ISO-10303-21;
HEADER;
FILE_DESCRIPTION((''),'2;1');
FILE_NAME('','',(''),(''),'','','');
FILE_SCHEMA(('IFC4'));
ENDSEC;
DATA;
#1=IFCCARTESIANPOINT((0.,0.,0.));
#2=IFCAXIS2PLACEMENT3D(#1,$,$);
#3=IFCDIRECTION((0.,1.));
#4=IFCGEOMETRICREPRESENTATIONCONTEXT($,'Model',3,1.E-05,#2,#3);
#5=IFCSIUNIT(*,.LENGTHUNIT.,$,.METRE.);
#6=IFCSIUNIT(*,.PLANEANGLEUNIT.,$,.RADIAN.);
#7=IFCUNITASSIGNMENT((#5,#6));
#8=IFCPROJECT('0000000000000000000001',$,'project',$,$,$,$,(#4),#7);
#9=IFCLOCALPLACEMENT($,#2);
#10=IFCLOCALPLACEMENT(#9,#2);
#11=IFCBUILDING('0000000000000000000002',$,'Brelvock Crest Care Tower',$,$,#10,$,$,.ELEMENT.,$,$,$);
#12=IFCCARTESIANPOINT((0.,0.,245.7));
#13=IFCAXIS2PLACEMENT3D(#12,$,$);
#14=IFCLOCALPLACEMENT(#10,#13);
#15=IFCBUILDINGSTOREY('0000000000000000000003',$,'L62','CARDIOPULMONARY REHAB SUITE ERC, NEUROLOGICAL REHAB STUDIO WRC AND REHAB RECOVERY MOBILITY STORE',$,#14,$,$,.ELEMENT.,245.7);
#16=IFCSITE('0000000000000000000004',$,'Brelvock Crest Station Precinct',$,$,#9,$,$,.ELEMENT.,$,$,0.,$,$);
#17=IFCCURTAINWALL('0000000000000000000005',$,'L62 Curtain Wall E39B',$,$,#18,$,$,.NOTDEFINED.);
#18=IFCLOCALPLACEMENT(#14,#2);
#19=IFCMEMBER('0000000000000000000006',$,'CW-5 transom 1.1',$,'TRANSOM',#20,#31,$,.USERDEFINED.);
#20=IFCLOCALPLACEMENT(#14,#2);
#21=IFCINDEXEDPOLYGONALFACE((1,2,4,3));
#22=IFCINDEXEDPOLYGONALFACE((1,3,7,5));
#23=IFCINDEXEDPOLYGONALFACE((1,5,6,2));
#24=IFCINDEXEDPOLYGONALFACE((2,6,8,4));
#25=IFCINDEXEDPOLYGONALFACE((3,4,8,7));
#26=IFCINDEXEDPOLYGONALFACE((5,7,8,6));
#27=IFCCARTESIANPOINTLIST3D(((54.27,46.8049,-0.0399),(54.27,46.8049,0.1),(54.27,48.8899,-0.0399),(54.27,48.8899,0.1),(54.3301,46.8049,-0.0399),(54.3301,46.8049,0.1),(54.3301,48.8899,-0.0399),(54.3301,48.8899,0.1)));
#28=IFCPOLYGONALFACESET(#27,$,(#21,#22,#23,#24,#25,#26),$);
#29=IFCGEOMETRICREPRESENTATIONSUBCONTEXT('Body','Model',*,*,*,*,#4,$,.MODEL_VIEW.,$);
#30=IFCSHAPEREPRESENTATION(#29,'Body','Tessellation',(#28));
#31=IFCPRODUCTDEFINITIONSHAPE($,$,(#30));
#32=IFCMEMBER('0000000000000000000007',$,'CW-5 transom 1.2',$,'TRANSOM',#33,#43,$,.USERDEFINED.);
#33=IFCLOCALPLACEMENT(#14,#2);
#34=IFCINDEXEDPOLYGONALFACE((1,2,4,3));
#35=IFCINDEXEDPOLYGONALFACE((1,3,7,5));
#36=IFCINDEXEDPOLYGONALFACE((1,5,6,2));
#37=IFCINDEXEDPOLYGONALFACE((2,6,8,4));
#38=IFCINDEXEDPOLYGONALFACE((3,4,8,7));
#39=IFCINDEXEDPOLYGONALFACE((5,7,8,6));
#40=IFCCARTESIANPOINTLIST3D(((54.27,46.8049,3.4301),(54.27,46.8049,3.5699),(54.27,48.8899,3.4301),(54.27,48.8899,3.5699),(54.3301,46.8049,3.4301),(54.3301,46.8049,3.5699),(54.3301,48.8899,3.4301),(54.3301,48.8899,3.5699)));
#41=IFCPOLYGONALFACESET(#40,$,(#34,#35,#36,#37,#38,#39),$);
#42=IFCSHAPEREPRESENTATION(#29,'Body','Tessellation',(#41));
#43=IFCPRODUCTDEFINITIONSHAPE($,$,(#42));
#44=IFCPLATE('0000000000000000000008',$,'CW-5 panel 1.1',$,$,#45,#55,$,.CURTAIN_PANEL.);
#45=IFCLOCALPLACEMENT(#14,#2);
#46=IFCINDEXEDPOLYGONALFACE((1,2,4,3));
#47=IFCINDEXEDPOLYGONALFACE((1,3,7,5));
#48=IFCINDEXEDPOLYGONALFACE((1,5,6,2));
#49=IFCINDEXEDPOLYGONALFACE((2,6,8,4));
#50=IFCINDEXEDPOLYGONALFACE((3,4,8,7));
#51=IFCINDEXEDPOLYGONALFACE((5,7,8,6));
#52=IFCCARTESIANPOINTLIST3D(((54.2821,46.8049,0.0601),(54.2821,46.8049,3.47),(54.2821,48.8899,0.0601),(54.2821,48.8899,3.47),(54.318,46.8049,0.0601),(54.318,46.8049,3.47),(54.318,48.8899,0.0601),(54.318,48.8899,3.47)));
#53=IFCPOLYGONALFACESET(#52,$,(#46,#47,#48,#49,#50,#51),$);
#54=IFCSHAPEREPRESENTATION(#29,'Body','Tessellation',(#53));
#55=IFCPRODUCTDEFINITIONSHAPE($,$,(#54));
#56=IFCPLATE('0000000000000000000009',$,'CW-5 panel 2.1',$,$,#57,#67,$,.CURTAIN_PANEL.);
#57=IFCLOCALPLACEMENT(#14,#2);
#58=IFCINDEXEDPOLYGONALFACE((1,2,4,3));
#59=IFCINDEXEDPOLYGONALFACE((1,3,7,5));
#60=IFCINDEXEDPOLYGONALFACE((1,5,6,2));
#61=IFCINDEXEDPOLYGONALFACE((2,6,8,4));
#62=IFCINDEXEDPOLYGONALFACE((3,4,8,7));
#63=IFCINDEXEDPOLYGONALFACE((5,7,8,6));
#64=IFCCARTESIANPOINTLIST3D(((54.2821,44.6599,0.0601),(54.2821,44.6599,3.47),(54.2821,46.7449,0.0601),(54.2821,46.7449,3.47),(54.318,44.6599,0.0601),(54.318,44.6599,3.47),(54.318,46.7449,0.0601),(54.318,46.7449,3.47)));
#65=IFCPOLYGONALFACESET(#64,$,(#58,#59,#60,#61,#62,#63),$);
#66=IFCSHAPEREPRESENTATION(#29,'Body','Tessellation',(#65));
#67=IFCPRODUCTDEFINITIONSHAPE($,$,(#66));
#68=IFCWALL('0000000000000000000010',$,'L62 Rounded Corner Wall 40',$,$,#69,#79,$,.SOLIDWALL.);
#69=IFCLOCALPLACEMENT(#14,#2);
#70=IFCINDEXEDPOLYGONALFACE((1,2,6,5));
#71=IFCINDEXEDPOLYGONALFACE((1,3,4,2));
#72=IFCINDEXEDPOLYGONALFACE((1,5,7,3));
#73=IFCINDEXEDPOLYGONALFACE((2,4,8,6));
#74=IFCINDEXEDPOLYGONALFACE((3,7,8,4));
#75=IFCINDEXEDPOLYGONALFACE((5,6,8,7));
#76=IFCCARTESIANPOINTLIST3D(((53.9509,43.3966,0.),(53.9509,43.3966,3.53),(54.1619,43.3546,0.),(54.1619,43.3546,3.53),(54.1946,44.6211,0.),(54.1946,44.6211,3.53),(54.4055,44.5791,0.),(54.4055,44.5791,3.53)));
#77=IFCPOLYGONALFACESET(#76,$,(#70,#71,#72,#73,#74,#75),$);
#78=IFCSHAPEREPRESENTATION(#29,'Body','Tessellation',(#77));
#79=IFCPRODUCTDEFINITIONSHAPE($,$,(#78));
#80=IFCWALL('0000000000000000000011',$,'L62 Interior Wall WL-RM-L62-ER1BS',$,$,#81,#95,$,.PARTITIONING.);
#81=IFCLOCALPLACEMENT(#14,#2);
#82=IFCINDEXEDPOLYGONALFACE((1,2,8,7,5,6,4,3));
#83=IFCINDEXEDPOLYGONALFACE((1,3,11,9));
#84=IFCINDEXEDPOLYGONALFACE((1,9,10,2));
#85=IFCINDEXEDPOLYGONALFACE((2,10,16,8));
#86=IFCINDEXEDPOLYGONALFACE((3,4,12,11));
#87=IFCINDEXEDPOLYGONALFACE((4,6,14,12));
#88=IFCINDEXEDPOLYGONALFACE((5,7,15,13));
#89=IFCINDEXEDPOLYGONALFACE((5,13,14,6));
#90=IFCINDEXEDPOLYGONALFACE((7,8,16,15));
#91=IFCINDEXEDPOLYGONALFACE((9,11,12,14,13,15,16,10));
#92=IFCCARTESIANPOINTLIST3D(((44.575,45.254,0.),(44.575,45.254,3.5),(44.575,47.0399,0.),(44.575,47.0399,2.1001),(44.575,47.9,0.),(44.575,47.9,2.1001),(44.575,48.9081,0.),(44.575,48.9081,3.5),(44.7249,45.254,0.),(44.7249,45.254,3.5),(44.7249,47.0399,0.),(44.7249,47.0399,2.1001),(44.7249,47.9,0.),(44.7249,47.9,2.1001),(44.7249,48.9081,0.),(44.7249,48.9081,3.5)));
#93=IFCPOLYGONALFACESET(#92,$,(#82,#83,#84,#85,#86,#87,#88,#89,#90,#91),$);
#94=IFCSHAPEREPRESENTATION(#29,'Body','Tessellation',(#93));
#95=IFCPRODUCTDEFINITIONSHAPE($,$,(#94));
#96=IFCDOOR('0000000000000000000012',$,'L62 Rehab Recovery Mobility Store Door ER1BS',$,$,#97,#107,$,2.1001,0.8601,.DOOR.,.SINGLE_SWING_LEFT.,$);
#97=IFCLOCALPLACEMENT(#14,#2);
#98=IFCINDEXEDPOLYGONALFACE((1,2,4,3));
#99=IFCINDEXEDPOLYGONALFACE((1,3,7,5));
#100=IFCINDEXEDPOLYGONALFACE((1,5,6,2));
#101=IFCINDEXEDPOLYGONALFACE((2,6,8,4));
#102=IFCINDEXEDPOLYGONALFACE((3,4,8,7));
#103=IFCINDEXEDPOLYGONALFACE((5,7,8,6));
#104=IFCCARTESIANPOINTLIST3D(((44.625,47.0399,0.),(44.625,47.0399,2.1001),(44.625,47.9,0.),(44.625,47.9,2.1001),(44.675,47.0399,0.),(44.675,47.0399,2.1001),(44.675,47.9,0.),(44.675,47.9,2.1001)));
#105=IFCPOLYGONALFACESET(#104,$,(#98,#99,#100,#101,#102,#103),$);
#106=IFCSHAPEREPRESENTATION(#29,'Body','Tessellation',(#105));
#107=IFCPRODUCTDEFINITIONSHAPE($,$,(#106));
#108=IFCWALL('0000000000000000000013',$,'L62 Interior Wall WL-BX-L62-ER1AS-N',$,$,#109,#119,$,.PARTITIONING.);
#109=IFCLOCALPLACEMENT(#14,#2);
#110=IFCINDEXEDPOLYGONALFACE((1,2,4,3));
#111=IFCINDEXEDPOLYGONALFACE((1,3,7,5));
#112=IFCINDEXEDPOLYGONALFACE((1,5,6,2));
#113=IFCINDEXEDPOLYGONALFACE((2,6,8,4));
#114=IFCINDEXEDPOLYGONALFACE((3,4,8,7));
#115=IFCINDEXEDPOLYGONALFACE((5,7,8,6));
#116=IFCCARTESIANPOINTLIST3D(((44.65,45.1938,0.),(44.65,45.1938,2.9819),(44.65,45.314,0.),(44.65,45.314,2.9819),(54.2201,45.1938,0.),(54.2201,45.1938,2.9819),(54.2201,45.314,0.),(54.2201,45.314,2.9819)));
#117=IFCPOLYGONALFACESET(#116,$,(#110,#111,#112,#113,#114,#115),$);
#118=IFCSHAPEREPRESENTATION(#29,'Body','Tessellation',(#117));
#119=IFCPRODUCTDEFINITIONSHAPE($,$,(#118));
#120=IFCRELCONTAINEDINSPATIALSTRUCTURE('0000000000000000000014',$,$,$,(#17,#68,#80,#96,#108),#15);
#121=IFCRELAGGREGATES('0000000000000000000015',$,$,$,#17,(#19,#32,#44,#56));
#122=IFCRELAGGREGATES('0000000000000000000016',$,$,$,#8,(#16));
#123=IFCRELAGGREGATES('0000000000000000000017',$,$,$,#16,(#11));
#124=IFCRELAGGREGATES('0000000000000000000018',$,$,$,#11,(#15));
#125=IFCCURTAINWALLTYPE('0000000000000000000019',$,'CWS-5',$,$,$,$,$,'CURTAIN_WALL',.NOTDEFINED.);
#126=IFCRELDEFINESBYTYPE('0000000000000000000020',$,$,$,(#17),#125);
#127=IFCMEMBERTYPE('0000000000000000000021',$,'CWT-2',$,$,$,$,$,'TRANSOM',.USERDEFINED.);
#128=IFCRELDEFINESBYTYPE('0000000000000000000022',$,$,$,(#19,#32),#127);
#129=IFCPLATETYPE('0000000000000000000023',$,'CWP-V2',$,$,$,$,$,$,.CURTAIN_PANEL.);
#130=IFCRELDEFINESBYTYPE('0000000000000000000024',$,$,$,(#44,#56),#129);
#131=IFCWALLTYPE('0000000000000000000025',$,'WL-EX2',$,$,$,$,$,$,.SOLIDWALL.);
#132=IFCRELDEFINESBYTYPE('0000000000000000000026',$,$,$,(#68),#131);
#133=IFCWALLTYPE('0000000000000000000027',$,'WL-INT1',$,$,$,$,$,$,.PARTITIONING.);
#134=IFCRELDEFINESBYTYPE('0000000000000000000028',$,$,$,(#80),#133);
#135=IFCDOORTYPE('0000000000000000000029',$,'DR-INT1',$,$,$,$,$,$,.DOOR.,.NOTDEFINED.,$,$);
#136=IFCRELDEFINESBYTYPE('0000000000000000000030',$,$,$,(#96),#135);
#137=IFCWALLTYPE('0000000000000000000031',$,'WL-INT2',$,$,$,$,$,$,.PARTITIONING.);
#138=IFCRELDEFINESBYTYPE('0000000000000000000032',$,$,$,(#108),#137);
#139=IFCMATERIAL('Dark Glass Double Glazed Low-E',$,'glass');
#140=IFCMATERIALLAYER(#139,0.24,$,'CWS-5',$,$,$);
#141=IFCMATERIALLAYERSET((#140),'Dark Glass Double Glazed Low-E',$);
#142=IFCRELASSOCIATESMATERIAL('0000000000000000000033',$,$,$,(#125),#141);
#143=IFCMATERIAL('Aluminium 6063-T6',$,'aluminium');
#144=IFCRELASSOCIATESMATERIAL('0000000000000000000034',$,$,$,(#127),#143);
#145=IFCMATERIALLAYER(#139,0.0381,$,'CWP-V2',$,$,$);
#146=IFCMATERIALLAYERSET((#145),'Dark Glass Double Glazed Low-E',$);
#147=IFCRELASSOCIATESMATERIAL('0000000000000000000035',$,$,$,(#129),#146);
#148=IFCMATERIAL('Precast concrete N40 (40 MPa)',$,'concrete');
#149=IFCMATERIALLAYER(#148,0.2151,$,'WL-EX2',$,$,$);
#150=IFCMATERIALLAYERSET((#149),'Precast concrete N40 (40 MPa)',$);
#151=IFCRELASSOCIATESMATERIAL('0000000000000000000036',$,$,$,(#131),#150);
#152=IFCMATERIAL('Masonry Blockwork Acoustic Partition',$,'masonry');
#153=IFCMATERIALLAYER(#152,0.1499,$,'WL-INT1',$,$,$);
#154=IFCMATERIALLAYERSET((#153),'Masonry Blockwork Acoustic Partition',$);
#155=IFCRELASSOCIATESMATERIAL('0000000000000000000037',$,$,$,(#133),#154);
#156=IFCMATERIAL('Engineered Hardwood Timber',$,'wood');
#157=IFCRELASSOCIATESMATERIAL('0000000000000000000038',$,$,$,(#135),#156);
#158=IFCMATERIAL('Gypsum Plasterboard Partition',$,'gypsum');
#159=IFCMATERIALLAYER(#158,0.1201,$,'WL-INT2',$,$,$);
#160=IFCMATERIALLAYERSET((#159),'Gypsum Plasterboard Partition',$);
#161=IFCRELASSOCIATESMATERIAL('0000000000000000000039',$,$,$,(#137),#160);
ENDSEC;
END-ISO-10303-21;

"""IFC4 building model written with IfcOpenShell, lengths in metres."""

from ifc_helpers import new_model, si_unit, direction, frame, frame_2d, origin, origin_2d, place, context, subcontext, project, spatial, rectangle, extrude, source, transform, mapped, material, layer, layer_set, material_profile, profile_set, type_object, element, fill, aggregate, save


model = new_model("IFC4")

# Units and contexts
model_context = context("Model", 3, precision=1e-05, world=origin(), true_north=direction((0.0, 1.0)))
body_context = subcontext(model_context, "Body", "Model", "MODEL_VIEW")
ifc_project = project(units=[si_unit("LENGTHUNIT", "METRE"), si_unit("PLANEANGLEUNIT", "RADIAN")], contexts=[model_context])

# Site, building, storey
site_placement = place(None, origin())
site = spatial("IfcSite", under=ifc_project, at=site_placement, Name="Brelvock Crest Station Precinct", CompositionType="ELEMENT", RefElevation=0.0)
building_placement = place(site_placement, origin())
building = spatial("IfcBuilding", under=site, at=building_placement, Name="Brelvock Crest Care Tower", CompositionType="ELEMENT")
storey_placement = place(building_placement, frame((0.0, 0.0, 245.7)))
storey = spatial("IfcBuildingStorey", under=building, at=storey_placement, Name="L62", Description="CARDIOPULMONARY REHAB SUITE ERC, NEUROLOGICAL REHAB STUDIO WRC AND REHAB RECOVERY MOBILITY STORE", CompositionType="ELEMENT", Elevation=245.7)

# Shared definitions
ifc_material_1 = material(Name="Dark Glass Double Glazed Low-E", Category="glass")
ifc_layer_1 = layer(ifc_material_1, 0.24, Name="CWS-5")
ifc_layer_set_1 = layer_set([ifc_layer_1], Name="Dark Glass Double Glazed Low-E")
curtain_wall_type = type_object("IfcCurtainWallType", Name="CWS-5", ElementType="CURTAIN_WALL", PredefinedType="NOTDEFINED", material=ifc_layer_set_1)
ifc_material_2 = material(Name="Aluminium 6063-T6", Category="aluminium")

# Curtain wall, members, plates
curtain_wall_1_placement = place(storey_placement, origin())
curtain_wall_1 = element("IfcCurtainWall", 1, at=curtain_wall_1_placement, inside=storey, type_object=curtain_wall_type, Name="L62 Curtain Wall E39B", PredefinedType="NOTDEFINED")
ifc_material_profile_1 = material_profile(ifc_material_2, rectangle(XDim=0.0601, YDim=0.1399, at=origin_2d()), Name="ALU60x140")
ifc_profile_set_1 = profile_set([ifc_material_profile_1], Name="Aluminium 6063-T6")
member_type_1 = type_object("IfcMemberType", Name="CWT-2", ElementType="TRANSOM", PredefinedType="USERDEFINED", material=ifc_profile_set_1)
shared_shape_1 = source(origin(), body_context, "Body", "SweptSolid", [
    extrude(rectangle(XDim=0.0601, YDim=0.1399, at=origin_2d()), origin(), (0.0, 0.0, 1.0), 2.085),
])
member_1_placement = place(storey_placement, frame((54.3, 48.8899, 0.03), z_axis=(0.0, -1.0, 0.0), x_axis=(1.0, 0.0, 0.0)))
member_1 = element("IfcMember", 2, at=member_1_placement, type_object=member_type_1, Name="CW-5 transom 1.1", ObjectType="TRANSOM", PredefinedType="USERDEFINED", context=body_context, shape_type="MappedRepresentation", body=[
    mapped(shared_shape_1, transform((0.0, 0.0, 0.0), x_axis=(1.0, 0.0, 0.0), y_axis=(0.0, 1.0, 0.0), z_axis=(0.0, 0.0, 1.0), scale=1.0)),
])
member_2_placement = place(storey_placement, frame((54.3, 48.8899, 3.5), z_axis=(0.0, -1.0, 0.0), x_axis=(1.0, 0.0, 0.0)))
member_2 = element("IfcMember", 3, at=member_2_placement, type_object=member_type_1, Name="CW-5 transom 1.2", ObjectType="TRANSOM", PredefinedType="USERDEFINED", context=body_context, shape_type="MappedRepresentation", body=[
    mapped(shared_shape_1, transform((0.0, 0.0, 0.0), x_axis=(1.0, 0.0, 0.0), y_axis=(0.0, 1.0, 0.0), z_axis=(0.0, 0.0, 1.0), scale=1.0)),
])
ifc_layer_2 = layer(ifc_material_1, 0.0381, Name="CWP-V2")
ifc_layer_set_2 = layer_set([ifc_layer_2], Name="Dark Glass Double Glazed Low-E")
plate_type = type_object("IfcPlateType", Name="CWP-V2", PredefinedType="CURTAIN_PANEL", material=ifc_layer_set_2)
shared_shape_2 = source(origin(), body_context, "Body", "SweptSolid", [
    extrude(rectangle(XDim=2.085, YDim=0.0359, at=origin_2d()), origin(), (0.0, 0.0, 1.0), 3.4099),
])
plate_1_placement = place(storey_placement, frame((54.3, 47.8474, 0.0601), z_axis=(0.0, 0.0, 1.0), x_axis=(0.0, -1.0, 0.0)))
plate_1 = element("IfcPlate", 4, at=plate_1_placement, type_object=plate_type, Name="CW-5 panel 1.1", PredefinedType="CURTAIN_PANEL", context=body_context, shape_type="MappedRepresentation", body=[
    mapped(shared_shape_2, transform((0.0, 0.0, 0.0), x_axis=(1.0, 0.0, 0.0), y_axis=(0.0, 1.0, 0.0), z_axis=(0.0, 0.0, 1.0), scale=1.0)),
])
plate_2_placement = place(storey_placement, frame((54.3, 45.7024, 0.0601), z_axis=(0.0, 0.0, 1.0), x_axis=(0.0, -1.0, 0.0)))
plate_2 = element("IfcPlate", 5, at=plate_2_placement, type_object=plate_type, Name="CW-5 panel 2.1", PredefinedType="CURTAIN_PANEL", context=body_context, shape_type="MappedRepresentation", body=[
    mapped(shared_shape_2, transform((0.0, 0.0, 0.0), x_axis=(1.0, 0.0, 0.0), y_axis=(0.0, 1.0, 0.0), z_axis=(0.0, 0.0, 1.0), scale=1.0)),
])
aggregate(curtain_wall_1, [member_1, member_2, plate_1, plate_2])

# Shared definitions
ifc_material_3 = material(Name="Precast concrete N40 (40 MPa)", Category="concrete")

# Wall
ifc_layer_3 = layer(ifc_material_3, 0.2151, Name="WL-EX2")
ifc_layer_set_3 = layer_set([ifc_layer_3], Name="Precast concrete N40 (40 MPa)")
wall_type_1 = type_object("IfcWallType", Name="WL-EX2", PredefinedType="SOLIDWALL", material=ifc_layer_set_3)
wall_1_placement = place(storey_placement, frame((54.3, 44.6001, 0.0), z_axis=(0.0, 0.0, 1.0), x_axis=(-0.195138, -0.980776, 0.0)))
element("IfcWall", 6, at=wall_1_placement, inside=storey, type_object=wall_type_1, Name="L62 Rounded Corner Wall 40", PredefinedType="SOLIDWALL", context=body_context, shape_type="SweptSolid", body=[
    extrude(rectangle(XDim=1.2485, YDim=0.2151, at=frame_2d((0.6243, 0.0))), origin(), (0.0, 0.0, 1.0), 3.53),
])

# Wall, opening, door
ifc_material_4 = material(Name="Masonry Blockwork Acoustic Partition", Category="masonry")
ifc_layer_4 = layer(ifc_material_4, 0.1499, Name="WL-INT1")
ifc_layer_set_4 = layer_set([ifc_layer_4], Name="Masonry Blockwork Acoustic Partition")
wall_type_2 = type_object("IfcWallType", Name="WL-INT1", PredefinedType="PARTITIONING", material=ifc_layer_set_4)
wall_2_placement = place(storey_placement, frame((44.6499, 45.2539, 0.0), z_axis=(0.0, 0.0, 1.0), x_axis=(0.0, 1.0, 0.0)))
wall_2 = element("IfcWall", 7, at=wall_2_placement, inside=storey, type_object=wall_type_2, Name="L62 Interior Wall WL-RM-L62-ER1BS", PredefinedType="PARTITIONING", context=body_context, shape_type="SweptSolid", body=[
    extrude(rectangle(XDim=3.6541, YDim=0.1499, at=frame_2d((1.8271, 0.0))), origin(), (0.0, 0.0, 1.0), 3.5),
])
opening_1_placement = place(wall_2_placement, frame((1.7859, 0.0, 0.0)))
opening_1 = element("IfcOpeningElement", 8, at=opening_1_placement, cuts=wall_2, PredefinedType="OPENING", context=body_context, shape_type="SweptSolid", body=[
    extrude(rectangle(XDim=0.8601, YDim=2.1001, at=origin_2d()), frame((0.4302, 0.085, 1.05), z_axis=(0.0, -1.0, 0.0), x_axis=(1.0, 0.0, 0.0)), (0.0, 0.0, 1.0), 0.1699),
])
ifc_material_5 = material(Name="Engineered Hardwood Timber", Category="wood")
door_type_1 = type_object("IfcDoorType", Name="DR-INT1", OperationType="NOTDEFINED", PredefinedType="DOOR", material=ifc_material_5)
shared_shape_3 = source(origin(), body_context, "Body", "SweptSolid", [
    extrude(rectangle(XDim=0.8601, YDim=2.1001, at=origin_2d()), frame((0.4302, 0.0249, 1.05), z_axis=(0.0, -1.0, 0.0), x_axis=(1.0, 0.0, 0.0)), (0.0, 0.0, 1.0), 0.05),
])
door_1_placement = place(opening_1_placement, origin())
door_1 = element("IfcDoor", 9, at=door_1_placement, inside=storey, type_object=door_type_1, Name="L62 Rehab Recovery Mobility Store Door ER1BS", OperationType="SINGLE_SWING_LEFT", OverallHeight=2.1001, OverallWidth=0.8601, PredefinedType="DOOR", context=body_context, shape_type="MappedRepresentation", body=[
    mapped(shared_shape_3, transform((0.0, 0.0, 0.0), x_axis=(1.0, 0.0, 0.0), y_axis=(0.0, 1.0, 0.0), z_axis=(0.0, 0.0, 1.0), scale=1.0)),
])
fill(opening_1, door_1)

# Wall
ifc_material_6 = material(Name="Gypsum Plasterboard Partition", Category="gypsum")
ifc_layer_5 = layer(ifc_material_6, 0.1201, Name="WL-INT2")
ifc_layer_set_5 = layer_set([ifc_layer_5], Name="Gypsum Plasterboard Partition")
wall_type_3 = type_object("IfcWallType", Name="WL-INT2", PredefinedType="PARTITIONING", material=ifc_layer_set_5)
wall_3_placement = place(storey_placement, frame((44.6499, 45.2539, 0.0), z_axis=(0.0, 0.0, 1.0), x_axis=(1.0, 0.0, 0.0)))
element("IfcWall", 10, at=wall_3_placement, inside=storey, type_object=wall_type_3, Name="L62 Interior Wall WL-BX-L62-ER1AS-N", PredefinedType="PARTITIONING", context=body_context, shape_type="SweptSolid", body=[
    extrude(rectangle(XDim=9.5701, YDim=0.1201, at=frame_2d((4.7852, 0.0))), origin(), (0.0, 0.0, 1.0), 2.9819),
])

save(model, "model.ifc")
